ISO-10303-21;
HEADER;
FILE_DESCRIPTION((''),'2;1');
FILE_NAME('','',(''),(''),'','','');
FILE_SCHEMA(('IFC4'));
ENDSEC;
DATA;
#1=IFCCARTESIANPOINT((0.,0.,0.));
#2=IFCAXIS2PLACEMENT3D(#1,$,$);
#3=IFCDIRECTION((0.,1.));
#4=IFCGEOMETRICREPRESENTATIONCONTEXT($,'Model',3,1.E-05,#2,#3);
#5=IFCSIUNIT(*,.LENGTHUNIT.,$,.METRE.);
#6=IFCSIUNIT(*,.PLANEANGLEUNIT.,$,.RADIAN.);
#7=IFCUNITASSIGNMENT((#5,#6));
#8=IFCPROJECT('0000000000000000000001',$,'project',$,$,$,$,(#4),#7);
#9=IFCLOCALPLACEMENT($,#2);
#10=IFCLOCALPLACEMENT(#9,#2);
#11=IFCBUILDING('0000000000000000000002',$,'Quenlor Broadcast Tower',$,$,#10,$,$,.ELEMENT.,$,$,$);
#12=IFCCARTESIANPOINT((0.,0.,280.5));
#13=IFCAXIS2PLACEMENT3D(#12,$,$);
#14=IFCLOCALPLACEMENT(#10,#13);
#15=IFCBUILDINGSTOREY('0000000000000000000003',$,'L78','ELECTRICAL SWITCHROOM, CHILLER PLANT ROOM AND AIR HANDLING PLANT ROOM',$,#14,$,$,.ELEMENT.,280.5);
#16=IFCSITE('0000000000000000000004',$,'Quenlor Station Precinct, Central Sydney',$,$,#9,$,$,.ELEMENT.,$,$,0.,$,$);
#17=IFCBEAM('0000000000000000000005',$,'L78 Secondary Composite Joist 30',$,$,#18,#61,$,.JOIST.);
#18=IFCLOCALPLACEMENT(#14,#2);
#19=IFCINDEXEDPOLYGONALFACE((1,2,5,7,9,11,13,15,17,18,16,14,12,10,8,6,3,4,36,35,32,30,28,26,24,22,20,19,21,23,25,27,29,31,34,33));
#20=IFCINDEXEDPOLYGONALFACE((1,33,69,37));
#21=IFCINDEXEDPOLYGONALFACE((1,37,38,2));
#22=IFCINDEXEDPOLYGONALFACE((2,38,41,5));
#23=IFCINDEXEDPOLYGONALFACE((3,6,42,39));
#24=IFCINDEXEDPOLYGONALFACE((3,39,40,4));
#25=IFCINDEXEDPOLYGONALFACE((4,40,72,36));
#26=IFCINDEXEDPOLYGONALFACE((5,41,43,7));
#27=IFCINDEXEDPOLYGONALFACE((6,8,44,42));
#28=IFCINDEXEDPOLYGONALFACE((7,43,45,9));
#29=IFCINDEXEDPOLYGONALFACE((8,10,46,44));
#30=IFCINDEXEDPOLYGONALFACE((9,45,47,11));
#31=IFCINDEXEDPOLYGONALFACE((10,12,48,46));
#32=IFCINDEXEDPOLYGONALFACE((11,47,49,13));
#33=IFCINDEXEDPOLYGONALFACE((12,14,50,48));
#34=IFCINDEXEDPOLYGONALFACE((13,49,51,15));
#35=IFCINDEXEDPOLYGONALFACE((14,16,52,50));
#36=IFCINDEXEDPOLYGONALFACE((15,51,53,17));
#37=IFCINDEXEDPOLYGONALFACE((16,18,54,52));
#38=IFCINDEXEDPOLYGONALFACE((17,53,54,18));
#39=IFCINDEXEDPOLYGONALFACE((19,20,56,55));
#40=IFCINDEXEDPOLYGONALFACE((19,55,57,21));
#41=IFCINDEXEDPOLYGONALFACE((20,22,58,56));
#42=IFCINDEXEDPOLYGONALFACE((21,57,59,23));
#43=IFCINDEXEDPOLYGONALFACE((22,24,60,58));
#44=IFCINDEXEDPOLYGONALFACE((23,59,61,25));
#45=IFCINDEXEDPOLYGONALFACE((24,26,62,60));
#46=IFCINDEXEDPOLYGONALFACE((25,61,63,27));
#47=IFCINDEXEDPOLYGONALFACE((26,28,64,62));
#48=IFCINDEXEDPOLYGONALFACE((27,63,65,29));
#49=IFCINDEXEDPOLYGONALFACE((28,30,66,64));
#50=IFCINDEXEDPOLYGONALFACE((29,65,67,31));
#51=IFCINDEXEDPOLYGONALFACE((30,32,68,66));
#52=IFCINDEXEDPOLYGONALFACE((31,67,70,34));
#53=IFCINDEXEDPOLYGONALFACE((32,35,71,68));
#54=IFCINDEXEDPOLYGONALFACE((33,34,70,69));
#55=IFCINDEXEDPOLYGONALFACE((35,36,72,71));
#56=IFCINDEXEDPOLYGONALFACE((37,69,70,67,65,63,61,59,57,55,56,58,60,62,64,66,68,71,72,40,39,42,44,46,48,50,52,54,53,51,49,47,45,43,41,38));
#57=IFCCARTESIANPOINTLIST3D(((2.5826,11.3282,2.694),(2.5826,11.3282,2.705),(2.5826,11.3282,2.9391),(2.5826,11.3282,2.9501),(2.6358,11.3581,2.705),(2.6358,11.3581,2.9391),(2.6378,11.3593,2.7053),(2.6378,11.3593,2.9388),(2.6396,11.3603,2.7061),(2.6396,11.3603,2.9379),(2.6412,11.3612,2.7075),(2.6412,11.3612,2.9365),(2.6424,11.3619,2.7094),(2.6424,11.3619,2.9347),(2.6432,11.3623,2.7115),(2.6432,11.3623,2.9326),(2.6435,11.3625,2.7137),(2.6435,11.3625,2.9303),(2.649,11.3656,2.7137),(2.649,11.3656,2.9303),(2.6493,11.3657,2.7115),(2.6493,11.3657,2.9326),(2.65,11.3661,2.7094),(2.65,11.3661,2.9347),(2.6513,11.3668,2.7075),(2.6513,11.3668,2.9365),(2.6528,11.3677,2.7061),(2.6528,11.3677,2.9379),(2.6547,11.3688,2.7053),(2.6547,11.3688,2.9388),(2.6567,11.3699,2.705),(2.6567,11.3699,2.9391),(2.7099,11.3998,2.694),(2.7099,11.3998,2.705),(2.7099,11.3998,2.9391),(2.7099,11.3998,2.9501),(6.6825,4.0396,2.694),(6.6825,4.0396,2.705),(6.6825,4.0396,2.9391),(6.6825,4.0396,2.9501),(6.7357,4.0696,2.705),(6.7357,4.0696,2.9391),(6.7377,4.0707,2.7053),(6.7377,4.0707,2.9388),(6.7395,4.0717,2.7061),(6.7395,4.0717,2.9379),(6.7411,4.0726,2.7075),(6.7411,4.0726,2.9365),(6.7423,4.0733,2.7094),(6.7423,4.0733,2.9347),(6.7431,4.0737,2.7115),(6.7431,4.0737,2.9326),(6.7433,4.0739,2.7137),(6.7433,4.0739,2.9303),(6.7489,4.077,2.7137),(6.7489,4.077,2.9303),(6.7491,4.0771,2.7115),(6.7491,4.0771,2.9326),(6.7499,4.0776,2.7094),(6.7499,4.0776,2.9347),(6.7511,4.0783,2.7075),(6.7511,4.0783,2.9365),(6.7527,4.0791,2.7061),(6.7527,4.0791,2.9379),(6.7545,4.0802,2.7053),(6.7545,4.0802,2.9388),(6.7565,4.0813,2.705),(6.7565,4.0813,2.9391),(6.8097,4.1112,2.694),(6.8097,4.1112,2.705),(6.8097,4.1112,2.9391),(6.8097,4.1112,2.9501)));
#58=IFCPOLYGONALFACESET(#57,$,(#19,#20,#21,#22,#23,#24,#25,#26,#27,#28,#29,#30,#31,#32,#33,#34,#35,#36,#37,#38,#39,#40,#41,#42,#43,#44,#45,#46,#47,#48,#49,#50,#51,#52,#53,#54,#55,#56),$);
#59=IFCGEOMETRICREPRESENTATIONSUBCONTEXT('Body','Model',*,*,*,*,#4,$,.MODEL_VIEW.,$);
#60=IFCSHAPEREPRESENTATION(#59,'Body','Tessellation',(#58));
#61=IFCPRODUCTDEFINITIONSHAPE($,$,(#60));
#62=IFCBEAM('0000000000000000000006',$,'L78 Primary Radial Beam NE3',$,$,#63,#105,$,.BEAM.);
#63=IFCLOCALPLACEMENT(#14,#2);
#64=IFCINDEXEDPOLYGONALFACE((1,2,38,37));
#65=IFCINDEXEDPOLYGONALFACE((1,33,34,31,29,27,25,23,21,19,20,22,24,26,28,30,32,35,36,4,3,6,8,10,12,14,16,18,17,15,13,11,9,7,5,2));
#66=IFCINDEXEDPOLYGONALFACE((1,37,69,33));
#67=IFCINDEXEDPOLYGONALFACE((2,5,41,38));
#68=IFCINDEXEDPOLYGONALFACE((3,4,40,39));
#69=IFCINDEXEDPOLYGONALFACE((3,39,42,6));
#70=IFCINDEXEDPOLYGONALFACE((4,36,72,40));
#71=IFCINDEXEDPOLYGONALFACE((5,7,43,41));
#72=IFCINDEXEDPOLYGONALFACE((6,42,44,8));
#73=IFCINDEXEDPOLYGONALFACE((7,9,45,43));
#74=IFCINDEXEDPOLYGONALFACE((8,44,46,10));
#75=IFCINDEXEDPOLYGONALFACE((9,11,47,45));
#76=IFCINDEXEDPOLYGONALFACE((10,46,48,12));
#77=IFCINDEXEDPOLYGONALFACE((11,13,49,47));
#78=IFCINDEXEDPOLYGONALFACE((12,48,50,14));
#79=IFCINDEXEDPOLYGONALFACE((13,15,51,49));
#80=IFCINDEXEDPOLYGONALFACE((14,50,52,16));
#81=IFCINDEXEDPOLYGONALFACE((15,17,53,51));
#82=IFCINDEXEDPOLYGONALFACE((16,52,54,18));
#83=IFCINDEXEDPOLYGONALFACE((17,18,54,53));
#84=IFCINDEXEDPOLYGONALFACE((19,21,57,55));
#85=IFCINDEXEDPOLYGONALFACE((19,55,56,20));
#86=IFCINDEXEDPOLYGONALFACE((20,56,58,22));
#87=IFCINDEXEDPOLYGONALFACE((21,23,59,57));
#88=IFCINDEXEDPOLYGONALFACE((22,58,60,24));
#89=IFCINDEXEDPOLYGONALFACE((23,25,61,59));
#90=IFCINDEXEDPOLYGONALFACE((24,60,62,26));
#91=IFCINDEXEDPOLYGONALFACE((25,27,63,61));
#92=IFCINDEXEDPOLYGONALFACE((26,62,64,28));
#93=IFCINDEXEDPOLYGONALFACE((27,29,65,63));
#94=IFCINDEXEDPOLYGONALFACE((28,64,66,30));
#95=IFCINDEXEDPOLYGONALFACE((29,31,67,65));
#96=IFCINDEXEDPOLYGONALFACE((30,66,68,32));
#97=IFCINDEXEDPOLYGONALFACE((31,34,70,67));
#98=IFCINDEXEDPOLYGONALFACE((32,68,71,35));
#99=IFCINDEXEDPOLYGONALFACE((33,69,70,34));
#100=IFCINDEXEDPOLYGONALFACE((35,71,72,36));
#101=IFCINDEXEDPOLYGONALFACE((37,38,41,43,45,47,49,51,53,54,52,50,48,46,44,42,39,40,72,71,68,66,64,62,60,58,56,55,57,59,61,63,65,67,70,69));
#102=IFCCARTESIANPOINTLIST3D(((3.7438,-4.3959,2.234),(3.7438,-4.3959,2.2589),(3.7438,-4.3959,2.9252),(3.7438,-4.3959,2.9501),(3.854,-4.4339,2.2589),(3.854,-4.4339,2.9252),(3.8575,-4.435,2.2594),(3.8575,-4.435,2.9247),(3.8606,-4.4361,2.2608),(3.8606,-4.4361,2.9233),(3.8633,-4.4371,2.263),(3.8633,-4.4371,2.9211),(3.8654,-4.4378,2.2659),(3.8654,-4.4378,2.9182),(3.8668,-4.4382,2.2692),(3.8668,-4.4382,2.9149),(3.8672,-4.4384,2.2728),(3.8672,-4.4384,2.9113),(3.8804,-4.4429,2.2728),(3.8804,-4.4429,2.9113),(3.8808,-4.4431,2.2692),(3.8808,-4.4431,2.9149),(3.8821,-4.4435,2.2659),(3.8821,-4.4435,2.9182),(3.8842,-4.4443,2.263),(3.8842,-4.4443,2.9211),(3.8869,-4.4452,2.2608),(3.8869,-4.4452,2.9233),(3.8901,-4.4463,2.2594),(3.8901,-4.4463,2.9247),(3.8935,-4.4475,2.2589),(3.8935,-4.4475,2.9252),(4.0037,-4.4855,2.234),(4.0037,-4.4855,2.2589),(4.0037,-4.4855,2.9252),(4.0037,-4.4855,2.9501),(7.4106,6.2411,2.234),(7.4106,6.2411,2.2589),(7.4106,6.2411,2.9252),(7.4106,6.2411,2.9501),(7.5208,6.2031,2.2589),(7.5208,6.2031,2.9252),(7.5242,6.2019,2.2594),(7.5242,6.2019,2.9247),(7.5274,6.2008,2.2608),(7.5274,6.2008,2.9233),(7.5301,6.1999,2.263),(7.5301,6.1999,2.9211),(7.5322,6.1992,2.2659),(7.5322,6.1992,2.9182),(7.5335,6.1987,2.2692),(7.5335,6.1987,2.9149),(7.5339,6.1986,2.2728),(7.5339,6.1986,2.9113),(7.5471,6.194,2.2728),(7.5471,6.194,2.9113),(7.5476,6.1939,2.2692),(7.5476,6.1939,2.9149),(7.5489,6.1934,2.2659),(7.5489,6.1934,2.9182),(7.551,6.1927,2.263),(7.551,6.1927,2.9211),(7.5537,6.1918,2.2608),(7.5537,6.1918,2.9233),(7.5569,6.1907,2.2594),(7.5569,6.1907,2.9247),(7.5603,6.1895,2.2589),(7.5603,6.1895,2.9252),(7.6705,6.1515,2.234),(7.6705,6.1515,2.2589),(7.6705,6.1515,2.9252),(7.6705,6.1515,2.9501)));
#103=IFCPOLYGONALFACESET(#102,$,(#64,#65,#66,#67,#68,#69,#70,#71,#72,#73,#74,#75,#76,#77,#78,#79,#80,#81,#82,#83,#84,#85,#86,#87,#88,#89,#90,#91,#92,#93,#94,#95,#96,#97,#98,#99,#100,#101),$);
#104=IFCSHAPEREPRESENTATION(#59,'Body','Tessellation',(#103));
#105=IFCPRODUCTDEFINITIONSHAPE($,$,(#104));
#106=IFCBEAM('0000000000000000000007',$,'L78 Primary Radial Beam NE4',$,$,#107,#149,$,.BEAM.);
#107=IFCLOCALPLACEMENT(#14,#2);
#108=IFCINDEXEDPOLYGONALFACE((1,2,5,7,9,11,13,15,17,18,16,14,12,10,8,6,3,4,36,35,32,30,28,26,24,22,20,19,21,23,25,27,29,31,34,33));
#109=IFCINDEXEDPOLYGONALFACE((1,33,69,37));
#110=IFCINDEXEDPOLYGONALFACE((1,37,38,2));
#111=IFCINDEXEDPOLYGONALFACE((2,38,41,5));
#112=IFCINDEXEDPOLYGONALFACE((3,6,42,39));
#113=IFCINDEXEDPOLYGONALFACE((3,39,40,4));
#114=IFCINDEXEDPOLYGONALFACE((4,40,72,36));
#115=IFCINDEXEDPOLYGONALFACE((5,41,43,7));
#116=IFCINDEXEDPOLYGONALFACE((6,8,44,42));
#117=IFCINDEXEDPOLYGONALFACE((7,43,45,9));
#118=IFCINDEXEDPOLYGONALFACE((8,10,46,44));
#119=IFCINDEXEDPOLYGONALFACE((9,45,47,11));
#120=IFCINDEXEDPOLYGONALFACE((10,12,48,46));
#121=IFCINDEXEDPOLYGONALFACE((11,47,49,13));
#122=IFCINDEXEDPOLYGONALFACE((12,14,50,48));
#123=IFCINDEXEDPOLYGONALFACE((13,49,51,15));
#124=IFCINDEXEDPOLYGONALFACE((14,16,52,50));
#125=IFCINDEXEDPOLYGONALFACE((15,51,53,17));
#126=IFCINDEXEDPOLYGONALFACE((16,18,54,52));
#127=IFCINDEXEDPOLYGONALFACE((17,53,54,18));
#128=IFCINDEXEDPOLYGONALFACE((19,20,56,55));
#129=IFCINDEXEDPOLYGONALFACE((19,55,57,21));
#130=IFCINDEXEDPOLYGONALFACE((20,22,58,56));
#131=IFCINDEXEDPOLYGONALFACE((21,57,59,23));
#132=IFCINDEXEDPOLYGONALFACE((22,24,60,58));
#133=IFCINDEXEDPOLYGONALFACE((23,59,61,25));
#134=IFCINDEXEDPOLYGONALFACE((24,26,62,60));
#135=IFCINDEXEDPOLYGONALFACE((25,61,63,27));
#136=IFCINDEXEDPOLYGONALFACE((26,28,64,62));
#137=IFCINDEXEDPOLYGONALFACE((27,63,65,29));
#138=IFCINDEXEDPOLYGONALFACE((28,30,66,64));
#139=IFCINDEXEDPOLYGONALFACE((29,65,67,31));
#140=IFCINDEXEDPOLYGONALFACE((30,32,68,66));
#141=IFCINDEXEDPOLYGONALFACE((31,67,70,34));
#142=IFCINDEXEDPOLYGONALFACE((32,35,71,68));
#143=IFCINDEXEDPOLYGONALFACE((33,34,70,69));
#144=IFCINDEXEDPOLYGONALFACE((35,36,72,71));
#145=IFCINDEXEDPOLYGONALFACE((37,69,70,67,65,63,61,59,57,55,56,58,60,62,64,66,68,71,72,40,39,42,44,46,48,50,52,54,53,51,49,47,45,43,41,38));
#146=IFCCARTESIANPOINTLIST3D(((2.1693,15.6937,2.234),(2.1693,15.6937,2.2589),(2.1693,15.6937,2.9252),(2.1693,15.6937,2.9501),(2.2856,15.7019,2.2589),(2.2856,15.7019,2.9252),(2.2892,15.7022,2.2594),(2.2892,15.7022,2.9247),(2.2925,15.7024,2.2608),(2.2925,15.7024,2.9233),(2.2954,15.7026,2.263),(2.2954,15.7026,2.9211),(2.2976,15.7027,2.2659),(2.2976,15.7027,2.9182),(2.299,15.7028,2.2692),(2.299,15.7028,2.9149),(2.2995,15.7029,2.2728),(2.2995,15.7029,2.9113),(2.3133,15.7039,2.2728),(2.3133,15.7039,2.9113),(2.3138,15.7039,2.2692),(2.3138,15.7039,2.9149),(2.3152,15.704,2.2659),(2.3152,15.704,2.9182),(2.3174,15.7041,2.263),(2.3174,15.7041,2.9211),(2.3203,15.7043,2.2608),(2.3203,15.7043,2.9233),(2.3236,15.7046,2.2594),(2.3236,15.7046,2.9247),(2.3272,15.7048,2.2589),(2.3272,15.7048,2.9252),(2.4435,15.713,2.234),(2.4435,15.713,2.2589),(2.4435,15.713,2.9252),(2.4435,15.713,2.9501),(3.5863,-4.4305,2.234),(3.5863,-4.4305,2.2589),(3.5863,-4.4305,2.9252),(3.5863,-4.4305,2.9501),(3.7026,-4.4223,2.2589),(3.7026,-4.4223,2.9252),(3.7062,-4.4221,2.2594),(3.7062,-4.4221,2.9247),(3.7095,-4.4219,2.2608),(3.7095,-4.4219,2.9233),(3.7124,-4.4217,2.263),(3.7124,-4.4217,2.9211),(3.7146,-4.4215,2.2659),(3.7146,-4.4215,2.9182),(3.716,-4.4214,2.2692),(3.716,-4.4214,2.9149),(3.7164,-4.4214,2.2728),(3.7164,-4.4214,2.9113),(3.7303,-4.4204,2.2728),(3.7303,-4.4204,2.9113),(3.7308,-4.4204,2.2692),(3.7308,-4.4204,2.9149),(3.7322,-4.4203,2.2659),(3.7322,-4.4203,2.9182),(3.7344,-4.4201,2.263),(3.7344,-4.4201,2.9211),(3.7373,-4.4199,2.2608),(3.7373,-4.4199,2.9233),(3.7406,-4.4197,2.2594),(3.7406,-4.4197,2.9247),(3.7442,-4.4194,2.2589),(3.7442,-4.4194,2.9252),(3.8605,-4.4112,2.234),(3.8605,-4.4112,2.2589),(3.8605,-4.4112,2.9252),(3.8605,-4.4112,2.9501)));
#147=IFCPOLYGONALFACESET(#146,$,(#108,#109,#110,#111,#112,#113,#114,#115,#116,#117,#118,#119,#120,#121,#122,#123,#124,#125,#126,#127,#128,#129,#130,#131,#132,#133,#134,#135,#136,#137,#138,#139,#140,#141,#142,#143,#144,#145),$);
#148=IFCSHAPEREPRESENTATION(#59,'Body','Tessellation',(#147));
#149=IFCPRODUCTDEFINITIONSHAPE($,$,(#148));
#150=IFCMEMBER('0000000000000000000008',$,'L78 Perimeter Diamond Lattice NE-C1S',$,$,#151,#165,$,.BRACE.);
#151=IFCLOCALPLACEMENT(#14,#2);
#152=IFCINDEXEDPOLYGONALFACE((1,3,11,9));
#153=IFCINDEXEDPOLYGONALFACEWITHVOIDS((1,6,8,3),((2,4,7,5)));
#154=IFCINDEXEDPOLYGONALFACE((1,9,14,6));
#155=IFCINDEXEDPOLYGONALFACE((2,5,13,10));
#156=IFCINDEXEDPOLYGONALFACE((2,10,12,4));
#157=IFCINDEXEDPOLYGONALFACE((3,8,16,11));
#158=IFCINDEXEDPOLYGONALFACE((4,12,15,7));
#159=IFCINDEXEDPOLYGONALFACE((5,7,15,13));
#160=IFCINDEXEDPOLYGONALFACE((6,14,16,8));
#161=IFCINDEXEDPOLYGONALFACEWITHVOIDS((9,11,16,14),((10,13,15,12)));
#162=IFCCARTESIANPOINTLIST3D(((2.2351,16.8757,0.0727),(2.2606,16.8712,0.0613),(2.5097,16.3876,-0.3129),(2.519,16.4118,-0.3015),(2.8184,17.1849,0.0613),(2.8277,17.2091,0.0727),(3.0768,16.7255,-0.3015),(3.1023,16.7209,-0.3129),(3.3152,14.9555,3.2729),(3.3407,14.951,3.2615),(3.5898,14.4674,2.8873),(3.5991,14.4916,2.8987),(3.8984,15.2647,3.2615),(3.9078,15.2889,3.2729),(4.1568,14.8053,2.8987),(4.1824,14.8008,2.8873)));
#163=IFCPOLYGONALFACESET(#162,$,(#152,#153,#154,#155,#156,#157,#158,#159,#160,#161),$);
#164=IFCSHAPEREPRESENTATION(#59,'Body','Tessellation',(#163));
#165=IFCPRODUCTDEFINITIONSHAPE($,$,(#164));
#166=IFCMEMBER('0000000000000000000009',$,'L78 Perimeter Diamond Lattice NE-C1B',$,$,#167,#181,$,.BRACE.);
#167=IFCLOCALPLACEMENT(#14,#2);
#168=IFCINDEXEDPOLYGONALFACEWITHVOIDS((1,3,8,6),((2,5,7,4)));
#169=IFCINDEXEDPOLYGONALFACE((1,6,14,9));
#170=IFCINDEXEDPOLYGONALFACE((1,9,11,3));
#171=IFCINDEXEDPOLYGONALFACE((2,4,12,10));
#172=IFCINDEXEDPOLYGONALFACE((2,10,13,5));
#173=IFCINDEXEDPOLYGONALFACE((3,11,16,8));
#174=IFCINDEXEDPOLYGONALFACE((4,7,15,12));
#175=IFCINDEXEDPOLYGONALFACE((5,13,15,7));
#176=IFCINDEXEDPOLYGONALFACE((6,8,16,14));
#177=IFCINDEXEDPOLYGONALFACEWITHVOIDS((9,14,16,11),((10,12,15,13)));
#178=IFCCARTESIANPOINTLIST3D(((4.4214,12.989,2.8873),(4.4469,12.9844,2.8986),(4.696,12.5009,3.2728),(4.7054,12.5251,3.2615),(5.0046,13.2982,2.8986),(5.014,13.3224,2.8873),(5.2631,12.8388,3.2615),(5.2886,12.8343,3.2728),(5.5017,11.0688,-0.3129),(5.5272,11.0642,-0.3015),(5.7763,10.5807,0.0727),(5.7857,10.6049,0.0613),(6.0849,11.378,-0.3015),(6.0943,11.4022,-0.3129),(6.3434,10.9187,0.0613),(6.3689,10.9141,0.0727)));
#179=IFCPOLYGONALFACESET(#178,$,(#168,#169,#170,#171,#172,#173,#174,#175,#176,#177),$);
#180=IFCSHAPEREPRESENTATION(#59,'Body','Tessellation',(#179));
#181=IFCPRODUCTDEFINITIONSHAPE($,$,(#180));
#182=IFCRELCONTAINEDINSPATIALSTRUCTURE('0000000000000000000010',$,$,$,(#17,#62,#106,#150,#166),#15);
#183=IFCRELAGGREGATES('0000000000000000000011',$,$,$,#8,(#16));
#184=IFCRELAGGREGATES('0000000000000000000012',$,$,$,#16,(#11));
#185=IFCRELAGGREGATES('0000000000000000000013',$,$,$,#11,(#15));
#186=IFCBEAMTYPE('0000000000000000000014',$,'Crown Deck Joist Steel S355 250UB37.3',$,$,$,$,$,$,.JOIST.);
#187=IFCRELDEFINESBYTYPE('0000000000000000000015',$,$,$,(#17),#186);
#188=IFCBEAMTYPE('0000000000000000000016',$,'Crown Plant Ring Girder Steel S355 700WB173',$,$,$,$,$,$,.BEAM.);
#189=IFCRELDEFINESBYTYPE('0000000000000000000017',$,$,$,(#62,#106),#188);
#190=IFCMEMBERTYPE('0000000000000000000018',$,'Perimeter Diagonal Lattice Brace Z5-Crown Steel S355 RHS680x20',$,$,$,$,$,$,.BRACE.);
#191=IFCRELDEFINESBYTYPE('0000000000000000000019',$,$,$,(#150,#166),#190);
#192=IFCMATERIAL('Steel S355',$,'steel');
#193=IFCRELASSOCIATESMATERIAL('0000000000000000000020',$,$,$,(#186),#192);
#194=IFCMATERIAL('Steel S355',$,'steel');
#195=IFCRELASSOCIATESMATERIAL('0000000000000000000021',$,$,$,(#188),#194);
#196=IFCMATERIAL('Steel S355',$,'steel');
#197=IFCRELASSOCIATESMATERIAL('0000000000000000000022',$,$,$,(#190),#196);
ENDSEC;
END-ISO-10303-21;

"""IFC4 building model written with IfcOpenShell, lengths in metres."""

from ifc_helpers import new_model, si_unit, direction, frame, origin, origin_2d, place, context, subcontext, project, spatial, hollow_rectangle, i_section, extrude, material, material_profile, profile_set, type_object, element, save


model = new_model("IFC4")

# Units and contexts
model_context = context("Model", 3, precision=1e-05, world=origin(), true_north=direction((0.0, 1.0)))
body_context = subcontext(model_context, "Body", "Model", "MODEL_VIEW")
ifc_project = project(units=[si_unit("LENGTHUNIT", "METRE"), si_unit("PLANEANGLEUNIT", "RADIAN")], contexts=[model_context])

# Site, building, storey
site_placement = place(None, origin())
site = spatial("IfcSite", under=ifc_project, at=site_placement, Name="Quenlor Station Precinct, Central Sydney", CompositionType="ELEMENT", RefElevation=0.0)
building_placement = place(site_placement, origin())
building = spatial("IfcBuilding", under=site, at=building_placement, Name="Quenlor Broadcast Tower", CompositionType="ELEMENT")
storey_placement = place(building_placement, frame((0.0, 0.0, 280.5)))
storey = spatial("IfcBuildingStorey", under=building, at=storey_placement, Name="L78", Description="ELECTRICAL SWITCHROOM, CHILLER PLANT ROOM AND AIR HANDLING PLANT ROOM", CompositionType="ELEMENT", Elevation=280.5)

# Beams
ifc_material_1 = material(Name="Steel S355", Category="steel")
ifc_material_profile_1 = material_profile(ifc_material_1, i_section(OverallWidth=0.146, OverallDepth=0.2561, WebThickness=0.0063, FlangeThickness=0.011, FilletRadius=0.0088, at=origin_2d()))
ifc_profile_set_1 = profile_set([ifc_material_profile_1], Name="Steel S355 250UB37.3")
beam_type_1 = type_object("IfcBeamType", Name="Crown Deck Joist Steel S355 250UB37.3", PredefinedType="JOIST", material=ifc_profile_set_1)
beam_1_placement = place(storey_placement, frame((2.6462, 11.364, 2.822), z_axis=(0.490264, -0.871574, 0.0), x_axis=(0.871574, 0.490264, 0.0)))
element("IfcBeam", 1, at=beam_1_placement, inside=storey, type_object=beam_type_1, Name="L78 Secondary Composite Joist 30", PredefinedType="JOIST", context=body_context, shape_type="SweptSolid", body=[
    extrude(i_section(OverallWidth=0.146, OverallDepth=0.2561, WebThickness=0.0063, FlangeThickness=0.011, FilletRadius=0.0088, at=origin_2d()), origin(), (0.0, 0.0, 1.0), 8.3625),
])
ifc_material_2 = material(Name="Steel S355", Category="steel")
ifc_material_profile_2 = material_profile(ifc_material_2, i_section(OverallWidth=0.2749, OverallDepth=0.7161, WebThickness=0.0139, FlangeThickness=0.0249, FilletRadius=0.0139, at=origin_2d()))
ifc_profile_set_2 = profile_set([ifc_material_profile_2], Name="Steel S355 700WB173")
beam_type_2 = type_object("IfcBeamType", Name="Crown Plant Ring Girder Steel S355 700WB173", PredefinedType="BEAM", material=ifc_profile_set_2)
beam_2_placement = place(storey_placement, frame((7.5405, 6.1963, 2.592), z_axis=(-0.325898, -0.945405, 0.0), x_axis=(0.945405, -0.325898, 0.0)))
element("IfcBeam", 2, at=beam_2_placement, inside=storey, type_object=beam_type_2, Name="L78 Primary Radial Beam NE3", PredefinedType="BEAM", context=body_context, shape_type="SweptSolid", body=[
    extrude(i_section(OverallWidth=0.2749, OverallDepth=0.7161, WebThickness=0.0139, FlangeThickness=0.0249, FilletRadius=0.0139, at=origin_2d()), origin(), (0.0, 0.0, 1.0), 11.2512),
])
beam_3_placement = place(storey_placement, frame((2.3064, 15.7034, 2.592), z_axis=(0.070238, -0.99753, 0.0), x_axis=(0.99753, 0.070238, 0.0)))
element("IfcBeam", 3, at=beam_3_placement, inside=storey, type_object=beam_type_2, Name="L78 Primary Radial Beam NE4", PredefinedType="BEAM", context=body_context, shape_type="SweptSolid", body=[
    extrude(i_section(OverallWidth=0.2749, OverallDepth=0.7161, WebThickness=0.0139, FlangeThickness=0.0249, FilletRadius=0.0139, at=origin_2d()), origin(), (0.0, 0.0, 1.0), 20.1741),
])

# Members
ifc_material_3 = material(Name="Steel S355", Category="steel")
ifc_material_profile_3 = material_profile(ifc_material_3, hollow_rectangle(XDim=0.6799, YDim=0.6799, WallThickness=0.02, at=origin_2d()))
ifc_profile_set_3 = profile_set([ifc_material_profile_3], Name="Steel S355 RHS680x680x20")
member_type_1 = type_object("IfcMemberType", Name="Perimeter Diagonal Lattice Brace Z5-Crown Steel S355 RHS680x20", PredefinedType="BRACE", material=ifc_profile_set_3)
for number, where, z_axis, x_axis, name in (
    (4, (2.6687, 16.7983, -0.1201), (0.277997, -0.494225, 0.823687), (0.871578, 0.490256, 0.0), "L78 Perimeter Diamond Lattice NE-C1S"),
    (5, (5.9353, 10.9915, -0.1201), (-0.278055, 0.494216, 0.823672), (-0.871531, -0.49034, 0.0), "L78 Perimeter Diamond Lattice NE-C1B"),
):
    element("IfcMember", number, at=place(storey_placement, frame(where, z_axis=z_axis, x_axis=x_axis)), inside=storey, type_object=member_type_1, Name=name, PredefinedType="BRACE", context=body_context, shape_type="SweptSolid", body=[
        extrude(hollow_rectangle(XDim=0.6799, YDim=0.6799, WallThickness=0.02, at=origin_2d()), origin(), (0.0, 0.0, 1.0), 3.8853),
    ])

save(model, "model.ifc")
